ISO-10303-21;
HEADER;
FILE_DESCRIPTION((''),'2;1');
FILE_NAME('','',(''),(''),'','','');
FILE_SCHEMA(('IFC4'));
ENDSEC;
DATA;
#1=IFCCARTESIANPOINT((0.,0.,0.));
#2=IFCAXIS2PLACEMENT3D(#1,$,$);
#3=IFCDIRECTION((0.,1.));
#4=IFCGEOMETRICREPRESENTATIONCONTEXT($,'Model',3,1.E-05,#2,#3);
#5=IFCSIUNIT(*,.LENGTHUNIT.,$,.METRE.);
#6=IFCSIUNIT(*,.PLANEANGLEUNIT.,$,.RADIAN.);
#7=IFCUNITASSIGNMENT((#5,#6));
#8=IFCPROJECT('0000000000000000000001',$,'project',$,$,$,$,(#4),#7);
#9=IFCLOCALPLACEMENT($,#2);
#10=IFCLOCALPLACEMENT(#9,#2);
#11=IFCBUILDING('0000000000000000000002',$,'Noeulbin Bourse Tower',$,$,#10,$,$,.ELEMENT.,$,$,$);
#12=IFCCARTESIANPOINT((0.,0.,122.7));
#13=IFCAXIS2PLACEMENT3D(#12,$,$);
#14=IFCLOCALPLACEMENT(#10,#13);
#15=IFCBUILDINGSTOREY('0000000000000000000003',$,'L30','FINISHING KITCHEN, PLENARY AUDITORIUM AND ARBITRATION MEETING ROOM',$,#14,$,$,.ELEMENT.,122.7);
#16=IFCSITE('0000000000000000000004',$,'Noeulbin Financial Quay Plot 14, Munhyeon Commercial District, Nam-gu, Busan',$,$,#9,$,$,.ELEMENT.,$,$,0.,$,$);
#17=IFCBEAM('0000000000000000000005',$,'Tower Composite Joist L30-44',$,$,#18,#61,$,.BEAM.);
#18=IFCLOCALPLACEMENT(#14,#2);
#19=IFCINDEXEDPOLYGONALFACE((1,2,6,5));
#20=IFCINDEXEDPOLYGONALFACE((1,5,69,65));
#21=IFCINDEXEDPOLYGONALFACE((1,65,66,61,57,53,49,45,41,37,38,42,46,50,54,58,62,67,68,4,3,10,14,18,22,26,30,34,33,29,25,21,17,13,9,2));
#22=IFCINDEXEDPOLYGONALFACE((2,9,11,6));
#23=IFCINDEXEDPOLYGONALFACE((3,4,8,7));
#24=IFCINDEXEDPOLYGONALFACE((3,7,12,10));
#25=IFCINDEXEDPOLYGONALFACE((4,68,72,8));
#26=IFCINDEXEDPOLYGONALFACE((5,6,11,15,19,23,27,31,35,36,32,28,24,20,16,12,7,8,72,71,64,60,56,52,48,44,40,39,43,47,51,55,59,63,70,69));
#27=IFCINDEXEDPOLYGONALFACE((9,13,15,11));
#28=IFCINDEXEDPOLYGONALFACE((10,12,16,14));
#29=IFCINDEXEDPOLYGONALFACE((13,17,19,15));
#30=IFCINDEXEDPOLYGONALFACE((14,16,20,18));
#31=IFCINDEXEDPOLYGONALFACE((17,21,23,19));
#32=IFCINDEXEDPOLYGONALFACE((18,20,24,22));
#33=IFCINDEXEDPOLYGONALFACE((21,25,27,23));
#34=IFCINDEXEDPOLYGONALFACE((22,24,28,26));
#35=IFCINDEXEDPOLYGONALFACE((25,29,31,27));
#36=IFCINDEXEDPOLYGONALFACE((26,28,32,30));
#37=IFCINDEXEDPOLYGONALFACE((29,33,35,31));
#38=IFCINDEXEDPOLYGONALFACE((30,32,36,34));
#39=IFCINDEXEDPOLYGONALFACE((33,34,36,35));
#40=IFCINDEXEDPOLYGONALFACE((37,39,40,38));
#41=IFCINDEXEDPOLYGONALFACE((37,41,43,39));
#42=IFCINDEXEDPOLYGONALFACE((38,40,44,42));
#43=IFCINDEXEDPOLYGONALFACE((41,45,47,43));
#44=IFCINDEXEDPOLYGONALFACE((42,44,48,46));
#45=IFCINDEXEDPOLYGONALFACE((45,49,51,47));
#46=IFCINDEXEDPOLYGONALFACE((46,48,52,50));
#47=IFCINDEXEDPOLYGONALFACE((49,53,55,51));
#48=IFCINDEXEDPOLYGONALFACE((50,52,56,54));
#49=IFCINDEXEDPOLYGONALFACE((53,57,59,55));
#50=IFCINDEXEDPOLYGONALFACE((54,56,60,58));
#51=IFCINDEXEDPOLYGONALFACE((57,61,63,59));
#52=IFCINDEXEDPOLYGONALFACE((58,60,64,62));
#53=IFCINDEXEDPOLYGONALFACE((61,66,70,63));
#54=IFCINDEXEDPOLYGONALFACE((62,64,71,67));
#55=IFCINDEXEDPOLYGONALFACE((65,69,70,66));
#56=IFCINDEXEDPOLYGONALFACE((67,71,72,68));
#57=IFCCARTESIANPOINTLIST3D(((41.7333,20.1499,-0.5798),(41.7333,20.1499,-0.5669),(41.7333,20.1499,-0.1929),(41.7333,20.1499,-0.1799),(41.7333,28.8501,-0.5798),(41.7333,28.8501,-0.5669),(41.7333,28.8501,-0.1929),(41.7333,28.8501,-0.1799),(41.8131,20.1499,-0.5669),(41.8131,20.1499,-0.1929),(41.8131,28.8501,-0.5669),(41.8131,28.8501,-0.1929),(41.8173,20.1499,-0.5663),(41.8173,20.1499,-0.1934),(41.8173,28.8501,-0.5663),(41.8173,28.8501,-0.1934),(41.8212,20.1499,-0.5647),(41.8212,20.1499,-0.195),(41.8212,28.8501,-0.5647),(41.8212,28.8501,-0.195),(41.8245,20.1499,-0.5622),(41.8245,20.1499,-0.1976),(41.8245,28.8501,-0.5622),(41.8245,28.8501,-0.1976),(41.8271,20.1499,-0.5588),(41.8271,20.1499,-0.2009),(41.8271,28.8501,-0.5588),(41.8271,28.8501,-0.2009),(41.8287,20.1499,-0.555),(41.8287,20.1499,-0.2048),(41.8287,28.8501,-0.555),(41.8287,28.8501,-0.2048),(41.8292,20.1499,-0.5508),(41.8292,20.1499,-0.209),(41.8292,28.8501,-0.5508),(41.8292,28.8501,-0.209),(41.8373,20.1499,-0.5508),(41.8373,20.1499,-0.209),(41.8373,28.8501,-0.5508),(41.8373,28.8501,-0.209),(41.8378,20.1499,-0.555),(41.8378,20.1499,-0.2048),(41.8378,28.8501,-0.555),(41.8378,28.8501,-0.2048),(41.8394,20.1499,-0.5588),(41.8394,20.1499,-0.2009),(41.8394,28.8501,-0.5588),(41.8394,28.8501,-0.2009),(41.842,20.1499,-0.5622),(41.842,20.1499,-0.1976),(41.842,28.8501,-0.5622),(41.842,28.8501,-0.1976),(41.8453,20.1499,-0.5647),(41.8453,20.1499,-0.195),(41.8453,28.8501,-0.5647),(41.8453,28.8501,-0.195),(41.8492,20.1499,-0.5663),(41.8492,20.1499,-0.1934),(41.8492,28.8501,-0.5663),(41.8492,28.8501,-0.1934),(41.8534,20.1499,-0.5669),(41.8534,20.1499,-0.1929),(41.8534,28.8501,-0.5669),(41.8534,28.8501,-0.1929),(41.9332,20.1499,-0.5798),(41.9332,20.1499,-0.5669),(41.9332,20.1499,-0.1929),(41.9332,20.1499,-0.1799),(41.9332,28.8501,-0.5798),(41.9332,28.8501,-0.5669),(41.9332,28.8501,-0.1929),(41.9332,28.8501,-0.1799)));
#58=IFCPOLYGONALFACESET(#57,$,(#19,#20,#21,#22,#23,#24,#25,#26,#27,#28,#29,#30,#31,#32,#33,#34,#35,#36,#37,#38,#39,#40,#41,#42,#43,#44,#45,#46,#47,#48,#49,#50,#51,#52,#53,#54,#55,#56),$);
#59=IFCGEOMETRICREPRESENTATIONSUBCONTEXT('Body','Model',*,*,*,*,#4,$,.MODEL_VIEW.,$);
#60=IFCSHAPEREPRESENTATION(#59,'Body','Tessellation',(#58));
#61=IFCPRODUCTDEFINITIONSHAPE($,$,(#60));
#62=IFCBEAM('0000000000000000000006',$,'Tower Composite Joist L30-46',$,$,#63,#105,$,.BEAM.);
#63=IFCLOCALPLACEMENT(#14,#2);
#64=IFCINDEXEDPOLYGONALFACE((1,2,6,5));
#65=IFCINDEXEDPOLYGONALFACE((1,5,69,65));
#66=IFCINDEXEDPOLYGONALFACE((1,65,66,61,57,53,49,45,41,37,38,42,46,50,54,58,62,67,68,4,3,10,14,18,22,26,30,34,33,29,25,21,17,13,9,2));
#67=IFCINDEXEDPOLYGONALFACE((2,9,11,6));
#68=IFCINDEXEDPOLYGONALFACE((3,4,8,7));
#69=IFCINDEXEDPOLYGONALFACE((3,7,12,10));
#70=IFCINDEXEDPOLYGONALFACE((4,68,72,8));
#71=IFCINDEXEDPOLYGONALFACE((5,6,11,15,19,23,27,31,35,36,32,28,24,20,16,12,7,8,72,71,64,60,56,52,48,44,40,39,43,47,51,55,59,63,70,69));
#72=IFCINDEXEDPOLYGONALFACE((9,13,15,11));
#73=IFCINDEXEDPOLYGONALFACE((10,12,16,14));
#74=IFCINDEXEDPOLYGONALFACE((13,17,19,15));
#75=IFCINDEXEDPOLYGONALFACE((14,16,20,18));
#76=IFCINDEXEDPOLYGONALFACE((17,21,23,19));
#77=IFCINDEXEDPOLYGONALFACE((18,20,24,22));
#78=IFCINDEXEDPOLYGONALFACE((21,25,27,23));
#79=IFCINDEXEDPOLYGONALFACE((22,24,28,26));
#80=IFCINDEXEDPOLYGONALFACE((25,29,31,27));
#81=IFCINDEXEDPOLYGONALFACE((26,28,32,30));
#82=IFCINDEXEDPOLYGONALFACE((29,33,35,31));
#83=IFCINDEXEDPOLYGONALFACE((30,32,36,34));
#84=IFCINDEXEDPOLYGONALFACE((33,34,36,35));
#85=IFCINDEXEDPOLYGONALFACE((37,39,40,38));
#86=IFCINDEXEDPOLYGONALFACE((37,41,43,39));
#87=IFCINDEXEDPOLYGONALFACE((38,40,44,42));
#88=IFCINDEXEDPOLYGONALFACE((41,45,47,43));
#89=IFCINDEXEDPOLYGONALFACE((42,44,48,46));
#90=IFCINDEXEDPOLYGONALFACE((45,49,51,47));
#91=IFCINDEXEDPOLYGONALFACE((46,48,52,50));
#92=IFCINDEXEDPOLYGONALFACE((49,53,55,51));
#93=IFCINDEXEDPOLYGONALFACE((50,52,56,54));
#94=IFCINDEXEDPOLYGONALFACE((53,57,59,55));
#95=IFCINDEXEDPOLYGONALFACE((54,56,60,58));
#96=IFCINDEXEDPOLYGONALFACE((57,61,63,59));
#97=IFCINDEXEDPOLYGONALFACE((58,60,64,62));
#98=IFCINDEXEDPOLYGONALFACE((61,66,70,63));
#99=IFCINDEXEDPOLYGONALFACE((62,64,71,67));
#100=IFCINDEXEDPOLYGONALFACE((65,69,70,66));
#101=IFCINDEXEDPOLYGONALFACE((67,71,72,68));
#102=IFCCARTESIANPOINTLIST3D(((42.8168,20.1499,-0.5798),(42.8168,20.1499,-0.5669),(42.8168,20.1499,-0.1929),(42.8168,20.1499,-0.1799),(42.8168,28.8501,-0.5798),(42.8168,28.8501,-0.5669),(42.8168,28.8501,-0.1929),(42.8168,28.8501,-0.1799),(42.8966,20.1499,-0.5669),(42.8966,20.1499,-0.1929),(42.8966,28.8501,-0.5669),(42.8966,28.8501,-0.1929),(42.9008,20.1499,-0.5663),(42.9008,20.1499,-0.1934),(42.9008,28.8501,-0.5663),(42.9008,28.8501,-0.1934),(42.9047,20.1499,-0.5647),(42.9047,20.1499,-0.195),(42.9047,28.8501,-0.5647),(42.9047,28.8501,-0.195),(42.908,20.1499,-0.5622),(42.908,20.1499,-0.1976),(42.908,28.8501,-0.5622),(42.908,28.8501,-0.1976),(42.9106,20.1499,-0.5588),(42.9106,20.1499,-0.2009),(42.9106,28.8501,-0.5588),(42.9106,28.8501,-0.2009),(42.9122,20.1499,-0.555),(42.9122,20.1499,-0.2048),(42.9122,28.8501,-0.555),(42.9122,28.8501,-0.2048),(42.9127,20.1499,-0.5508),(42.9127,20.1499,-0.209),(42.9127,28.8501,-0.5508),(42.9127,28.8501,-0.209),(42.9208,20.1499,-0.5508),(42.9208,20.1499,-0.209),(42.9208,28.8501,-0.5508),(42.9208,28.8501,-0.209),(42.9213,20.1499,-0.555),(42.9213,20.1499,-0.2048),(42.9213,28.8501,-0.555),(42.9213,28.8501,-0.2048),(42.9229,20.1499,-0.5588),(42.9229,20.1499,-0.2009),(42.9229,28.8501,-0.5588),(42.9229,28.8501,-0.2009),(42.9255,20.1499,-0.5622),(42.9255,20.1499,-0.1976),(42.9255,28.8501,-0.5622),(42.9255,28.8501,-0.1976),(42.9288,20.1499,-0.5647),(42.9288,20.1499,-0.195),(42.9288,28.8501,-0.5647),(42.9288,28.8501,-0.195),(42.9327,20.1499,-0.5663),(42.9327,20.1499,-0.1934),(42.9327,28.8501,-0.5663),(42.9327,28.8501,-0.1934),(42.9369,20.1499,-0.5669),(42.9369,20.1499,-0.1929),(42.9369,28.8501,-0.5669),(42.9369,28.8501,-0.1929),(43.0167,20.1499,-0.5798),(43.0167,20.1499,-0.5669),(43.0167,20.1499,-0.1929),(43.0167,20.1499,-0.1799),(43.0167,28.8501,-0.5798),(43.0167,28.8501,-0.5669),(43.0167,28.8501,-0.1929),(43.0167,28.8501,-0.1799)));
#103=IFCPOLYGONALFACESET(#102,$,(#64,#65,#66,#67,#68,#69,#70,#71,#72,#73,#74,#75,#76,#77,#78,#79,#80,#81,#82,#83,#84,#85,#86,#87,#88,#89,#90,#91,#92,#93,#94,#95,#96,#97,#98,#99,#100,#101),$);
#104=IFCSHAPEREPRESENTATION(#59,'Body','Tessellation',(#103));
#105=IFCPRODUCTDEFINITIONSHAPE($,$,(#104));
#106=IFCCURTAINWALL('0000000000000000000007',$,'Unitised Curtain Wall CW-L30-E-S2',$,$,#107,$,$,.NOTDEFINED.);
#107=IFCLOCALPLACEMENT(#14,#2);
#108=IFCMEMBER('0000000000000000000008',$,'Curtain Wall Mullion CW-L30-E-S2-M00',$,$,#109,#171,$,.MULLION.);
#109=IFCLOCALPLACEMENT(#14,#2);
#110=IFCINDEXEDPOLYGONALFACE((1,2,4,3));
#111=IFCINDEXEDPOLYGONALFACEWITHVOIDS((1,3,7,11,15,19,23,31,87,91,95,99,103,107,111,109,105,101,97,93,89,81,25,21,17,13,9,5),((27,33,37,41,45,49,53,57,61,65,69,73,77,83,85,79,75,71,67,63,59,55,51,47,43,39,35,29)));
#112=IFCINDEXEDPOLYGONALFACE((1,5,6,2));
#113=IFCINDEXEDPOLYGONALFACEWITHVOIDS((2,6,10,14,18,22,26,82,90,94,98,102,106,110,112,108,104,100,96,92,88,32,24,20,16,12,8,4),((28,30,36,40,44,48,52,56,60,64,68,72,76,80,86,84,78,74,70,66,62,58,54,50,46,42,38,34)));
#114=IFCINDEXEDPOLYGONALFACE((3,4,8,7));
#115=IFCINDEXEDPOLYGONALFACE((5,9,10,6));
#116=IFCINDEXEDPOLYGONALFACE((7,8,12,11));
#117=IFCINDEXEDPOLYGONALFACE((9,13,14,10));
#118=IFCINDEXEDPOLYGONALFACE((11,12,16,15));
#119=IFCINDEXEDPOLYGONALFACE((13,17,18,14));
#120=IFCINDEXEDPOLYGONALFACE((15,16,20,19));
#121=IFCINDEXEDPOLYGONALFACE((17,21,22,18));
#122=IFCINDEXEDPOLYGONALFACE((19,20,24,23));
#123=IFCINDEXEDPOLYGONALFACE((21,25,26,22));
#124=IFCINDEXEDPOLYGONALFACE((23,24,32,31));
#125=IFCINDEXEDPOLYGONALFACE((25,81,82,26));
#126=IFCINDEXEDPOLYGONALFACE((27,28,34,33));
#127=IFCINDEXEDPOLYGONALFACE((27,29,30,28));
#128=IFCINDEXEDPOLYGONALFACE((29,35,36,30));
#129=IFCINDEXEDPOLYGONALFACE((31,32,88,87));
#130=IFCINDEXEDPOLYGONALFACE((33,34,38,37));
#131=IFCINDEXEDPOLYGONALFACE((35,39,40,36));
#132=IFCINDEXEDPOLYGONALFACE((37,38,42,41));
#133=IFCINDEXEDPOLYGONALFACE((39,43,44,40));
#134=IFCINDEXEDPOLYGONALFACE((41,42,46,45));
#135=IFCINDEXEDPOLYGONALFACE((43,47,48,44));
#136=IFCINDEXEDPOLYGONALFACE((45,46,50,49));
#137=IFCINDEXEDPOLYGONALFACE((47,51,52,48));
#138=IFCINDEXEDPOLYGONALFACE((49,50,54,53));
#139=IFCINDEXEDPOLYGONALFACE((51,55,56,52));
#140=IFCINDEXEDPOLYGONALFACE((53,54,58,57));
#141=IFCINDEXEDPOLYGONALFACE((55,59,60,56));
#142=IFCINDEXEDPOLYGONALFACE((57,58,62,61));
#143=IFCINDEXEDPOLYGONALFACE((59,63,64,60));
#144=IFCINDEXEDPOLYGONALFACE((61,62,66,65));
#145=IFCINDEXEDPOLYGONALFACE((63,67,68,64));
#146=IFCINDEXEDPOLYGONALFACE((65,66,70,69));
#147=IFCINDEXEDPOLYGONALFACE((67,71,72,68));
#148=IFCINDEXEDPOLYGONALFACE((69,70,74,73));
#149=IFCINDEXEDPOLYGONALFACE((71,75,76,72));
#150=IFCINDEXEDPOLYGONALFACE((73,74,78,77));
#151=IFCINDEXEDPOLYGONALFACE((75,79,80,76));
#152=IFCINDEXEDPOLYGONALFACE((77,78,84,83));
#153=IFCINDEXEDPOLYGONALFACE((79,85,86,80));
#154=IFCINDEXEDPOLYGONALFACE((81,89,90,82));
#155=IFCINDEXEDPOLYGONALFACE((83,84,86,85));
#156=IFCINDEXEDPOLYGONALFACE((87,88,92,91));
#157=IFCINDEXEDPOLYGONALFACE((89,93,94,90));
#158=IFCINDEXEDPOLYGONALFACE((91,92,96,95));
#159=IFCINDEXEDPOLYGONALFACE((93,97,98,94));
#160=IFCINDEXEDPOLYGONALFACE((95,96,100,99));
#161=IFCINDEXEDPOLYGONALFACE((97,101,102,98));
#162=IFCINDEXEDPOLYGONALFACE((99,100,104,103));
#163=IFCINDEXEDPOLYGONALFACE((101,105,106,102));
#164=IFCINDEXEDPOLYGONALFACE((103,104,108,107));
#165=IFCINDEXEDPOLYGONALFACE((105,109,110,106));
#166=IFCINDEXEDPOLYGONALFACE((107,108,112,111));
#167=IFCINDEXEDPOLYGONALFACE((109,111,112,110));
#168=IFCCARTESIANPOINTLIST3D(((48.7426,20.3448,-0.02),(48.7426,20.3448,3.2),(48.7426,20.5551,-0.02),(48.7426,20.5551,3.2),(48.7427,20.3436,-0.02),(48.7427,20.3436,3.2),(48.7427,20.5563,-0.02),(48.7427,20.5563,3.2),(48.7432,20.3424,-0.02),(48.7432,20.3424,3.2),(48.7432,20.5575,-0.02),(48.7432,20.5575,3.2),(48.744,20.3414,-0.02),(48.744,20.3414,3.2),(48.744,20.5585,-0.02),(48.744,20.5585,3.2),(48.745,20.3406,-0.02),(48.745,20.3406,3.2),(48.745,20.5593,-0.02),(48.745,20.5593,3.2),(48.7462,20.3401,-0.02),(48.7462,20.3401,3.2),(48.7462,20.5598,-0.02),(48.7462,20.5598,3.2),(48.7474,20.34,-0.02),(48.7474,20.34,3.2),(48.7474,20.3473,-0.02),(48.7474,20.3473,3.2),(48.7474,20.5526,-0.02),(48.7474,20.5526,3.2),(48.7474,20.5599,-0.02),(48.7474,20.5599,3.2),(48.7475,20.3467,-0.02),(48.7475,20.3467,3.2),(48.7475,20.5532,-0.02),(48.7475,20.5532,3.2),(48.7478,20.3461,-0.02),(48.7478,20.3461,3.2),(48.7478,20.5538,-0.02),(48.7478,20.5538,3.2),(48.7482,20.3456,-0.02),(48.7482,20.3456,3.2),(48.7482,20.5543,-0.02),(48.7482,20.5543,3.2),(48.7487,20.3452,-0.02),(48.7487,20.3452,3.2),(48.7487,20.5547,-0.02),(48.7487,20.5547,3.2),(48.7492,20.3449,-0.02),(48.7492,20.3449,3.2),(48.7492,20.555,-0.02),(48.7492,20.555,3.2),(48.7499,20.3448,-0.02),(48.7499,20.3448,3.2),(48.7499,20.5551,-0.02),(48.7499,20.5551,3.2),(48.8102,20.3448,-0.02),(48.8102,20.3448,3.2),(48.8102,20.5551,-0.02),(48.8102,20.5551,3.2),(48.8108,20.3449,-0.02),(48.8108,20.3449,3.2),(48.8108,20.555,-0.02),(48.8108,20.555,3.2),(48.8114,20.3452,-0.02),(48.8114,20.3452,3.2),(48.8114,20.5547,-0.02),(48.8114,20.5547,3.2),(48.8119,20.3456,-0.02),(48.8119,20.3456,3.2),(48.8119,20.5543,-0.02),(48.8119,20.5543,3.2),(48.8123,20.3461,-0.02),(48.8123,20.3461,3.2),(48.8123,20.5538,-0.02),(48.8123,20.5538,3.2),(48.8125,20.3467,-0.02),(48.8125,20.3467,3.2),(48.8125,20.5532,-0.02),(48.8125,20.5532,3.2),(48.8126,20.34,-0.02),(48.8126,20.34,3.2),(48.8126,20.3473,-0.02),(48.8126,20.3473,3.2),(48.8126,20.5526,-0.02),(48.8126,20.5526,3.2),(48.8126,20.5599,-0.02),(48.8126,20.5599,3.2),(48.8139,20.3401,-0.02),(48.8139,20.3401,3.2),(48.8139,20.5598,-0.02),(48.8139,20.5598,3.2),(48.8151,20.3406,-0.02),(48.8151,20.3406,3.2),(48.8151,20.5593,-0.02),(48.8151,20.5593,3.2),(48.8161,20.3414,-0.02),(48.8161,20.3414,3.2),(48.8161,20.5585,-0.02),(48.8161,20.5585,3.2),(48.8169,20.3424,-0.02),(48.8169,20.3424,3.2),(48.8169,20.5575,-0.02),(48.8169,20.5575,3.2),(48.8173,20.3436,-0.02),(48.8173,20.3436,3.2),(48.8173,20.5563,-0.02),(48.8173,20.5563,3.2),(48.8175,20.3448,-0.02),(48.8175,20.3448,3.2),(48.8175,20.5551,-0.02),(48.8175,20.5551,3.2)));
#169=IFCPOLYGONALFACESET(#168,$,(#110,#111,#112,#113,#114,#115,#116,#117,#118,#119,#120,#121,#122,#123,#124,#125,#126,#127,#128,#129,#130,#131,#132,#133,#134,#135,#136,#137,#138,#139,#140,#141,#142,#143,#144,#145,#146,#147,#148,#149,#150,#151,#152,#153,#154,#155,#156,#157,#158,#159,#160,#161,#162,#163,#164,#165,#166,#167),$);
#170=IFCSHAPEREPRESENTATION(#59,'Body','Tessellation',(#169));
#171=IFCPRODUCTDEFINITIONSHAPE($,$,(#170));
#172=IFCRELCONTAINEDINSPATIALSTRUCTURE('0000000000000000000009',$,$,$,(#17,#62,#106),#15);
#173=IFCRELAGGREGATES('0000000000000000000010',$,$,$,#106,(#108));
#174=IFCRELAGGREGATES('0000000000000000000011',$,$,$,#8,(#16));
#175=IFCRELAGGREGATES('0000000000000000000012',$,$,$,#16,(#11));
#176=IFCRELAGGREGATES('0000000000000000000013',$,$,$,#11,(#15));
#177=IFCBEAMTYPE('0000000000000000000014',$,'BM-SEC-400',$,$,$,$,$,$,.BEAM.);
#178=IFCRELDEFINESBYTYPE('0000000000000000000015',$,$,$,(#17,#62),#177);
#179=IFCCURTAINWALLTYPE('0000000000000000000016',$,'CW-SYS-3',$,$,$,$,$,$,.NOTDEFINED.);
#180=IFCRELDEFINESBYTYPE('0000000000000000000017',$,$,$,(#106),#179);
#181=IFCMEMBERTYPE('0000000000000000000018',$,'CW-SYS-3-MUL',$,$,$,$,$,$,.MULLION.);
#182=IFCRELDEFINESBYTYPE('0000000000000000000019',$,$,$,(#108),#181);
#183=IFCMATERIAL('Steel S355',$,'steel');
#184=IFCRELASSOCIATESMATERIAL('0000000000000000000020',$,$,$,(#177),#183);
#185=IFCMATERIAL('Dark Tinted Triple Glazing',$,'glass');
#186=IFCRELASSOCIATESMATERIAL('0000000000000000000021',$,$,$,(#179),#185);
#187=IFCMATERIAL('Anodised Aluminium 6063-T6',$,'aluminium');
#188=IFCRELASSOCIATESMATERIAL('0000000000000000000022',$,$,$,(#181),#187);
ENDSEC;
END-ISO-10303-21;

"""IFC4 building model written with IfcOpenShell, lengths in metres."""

from ifc_helpers import new_model, si_unit, direction, frame, origin, origin_2d, place, context, subcontext, project, spatial, hollow_rectangle, i_section, extrude, material, material_profile, profile_set, type_object, element, aggregate, save


model = new_model("IFC4")

# Units and contexts
model_context = context("Model", 3, precision=1e-05, world=origin(), true_north=direction((0.0, 1.0)))
body_context = subcontext(model_context, "Body", "Model", "MODEL_VIEW")
ifc_project = project(units=[si_unit("LENGTHUNIT", "METRE"), si_unit("PLANEANGLEUNIT", "RADIAN")], contexts=[model_context])

# Site, building, storey
site_placement = place(None, origin())
site = spatial("IfcSite", under=ifc_project, at=site_placement, Name="Noeulbin Financial Quay Plot 14, Munhyeon Commercial District, Nam-gu, Busan", CompositionType="ELEMENT", RefElevation=0.0)
building_placement = place(site_placement, origin())
building = spatial("IfcBuilding", under=site, at=building_placement, Name="Noeulbin Bourse Tower", CompositionType="ELEMENT")
storey_placement = place(building_placement, frame((0.0, 0.0, 122.7)))
storey = spatial("IfcBuildingStorey", under=building, at=storey_placement, Name="L30", Description="FINISHING KITCHEN, PLENARY AUDITORIUM AND ARBITRATION MEETING ROOM", CompositionType="ELEMENT", Elevation=122.7)

# Shared definitions
ifc_material_1 = material(Name="Steel S355", Category="steel")

# Beams
ifc_material_profile_1 = material_profile(ifc_material_1, i_section(OverallWidth=0.2, OverallDepth=0.3999, WebThickness=0.0081, FlangeThickness=0.0129, FilletRadius=0.0161, at=origin_2d()), Name="H-400x200x8x13", Category="LoadBearing")
ifc_profile_set_1 = profile_set([ifc_material_profile_1], Name="Steel S355")
beam_type_1 = type_object("IfcBeamType", Name="BM-SEC-400", PredefinedType="BEAM", material=ifc_profile_set_1)
for number, where, z_axis, x_axis, name in (
    (1, (41.8333, 20.1499, -0.3799), (0.0, 1.0, 0.0), (-1.0, 0.0, 0.0), "Tower Composite Joist L30-44"),
    (2, (42.9167, 20.1499, -0.3799), (0.0, 1.0, 0.0), (-1.0, 0.0, 0.0), "Tower Composite Joist L30-46"),
):
    element("IfcBeam", number, at=place(storey_placement, frame(where, z_axis=z_axis, x_axis=x_axis)), inside=storey, type_object=beam_type_1, Name=name, PredefinedType="BEAM", context=body_context, shape_type="SweptSolid", body=[
        extrude(i_section(OverallWidth=0.2, OverallDepth=0.3999, WebThickness=0.0081, FlangeThickness=0.0129, FilletRadius=0.0161, at=origin_2d()), origin(), (0.0, 0.0, 1.0), 8.7002),
    ])

# Curtain wall, member
ifc_material_2 = material(Name="Dark Tinted Triple Glazing", Category="glass")
curtain_wall_type = type_object("IfcCurtainWallType", Name="CW-SYS-3", PredefinedType="NOTDEFINED", material=ifc_material_2)
curtain_wall_1_placement = place(storey_placement, origin())
curtain_wall_1 = element("IfcCurtainWall", 3, at=curtain_wall_1_placement, inside=storey, type_object=curtain_wall_type, Name="Unitised Curtain Wall CW-L30-E-S2", PredefinedType="NOTDEFINED")
ifc_material_3 = material(Name="Anodised Aluminium 6063-T6", Category="aluminium")
ifc_material_profile_2 = material_profile(ifc_material_3, hollow_rectangle(XDim=0.075, YDim=0.22, WallThickness=0.0049, InnerFilletRadius=0.0024, OuterFilletRadius=0.0049, at=origin_2d()), Name="ALU-MULL-75x220x5", Category="LoadBearing")
ifc_profile_set_2 = profile_set([ifc_material_profile_2], Name="Anodised Aluminium 6063-T6")
member_type_1 = type_object("IfcMemberType", Name="CW-SYS-3-MUL", PredefinedType="MULLION", material=ifc_profile_set_2)
member_1_placement = place(storey_placement, frame((48.78, 20.45, -0.02), z_axis=(0.0, 0.0, 1.0), x_axis=(1.0, 0.0, 0.0)))
member_1 = element("IfcMember", 4, at=member_1_placement, type_object=member_type_1, Name="Curtain Wall Mullion CW-L30-E-S2-M00", PredefinedType="MULLION", context=body_context, shape_type="SweptSolid", body=[
    extrude(hollow_rectangle(XDim=0.075, YDim=0.22, WallThickness=0.0049, InnerFilletRadius=0.0024, OuterFilletRadius=0.0049, at=origin_2d()), origin(), (0.0, 0.0, 1.0), 3.22),
])

aggregate(curtain_wall_1, [member_1])

save(model, "model.ifc")
